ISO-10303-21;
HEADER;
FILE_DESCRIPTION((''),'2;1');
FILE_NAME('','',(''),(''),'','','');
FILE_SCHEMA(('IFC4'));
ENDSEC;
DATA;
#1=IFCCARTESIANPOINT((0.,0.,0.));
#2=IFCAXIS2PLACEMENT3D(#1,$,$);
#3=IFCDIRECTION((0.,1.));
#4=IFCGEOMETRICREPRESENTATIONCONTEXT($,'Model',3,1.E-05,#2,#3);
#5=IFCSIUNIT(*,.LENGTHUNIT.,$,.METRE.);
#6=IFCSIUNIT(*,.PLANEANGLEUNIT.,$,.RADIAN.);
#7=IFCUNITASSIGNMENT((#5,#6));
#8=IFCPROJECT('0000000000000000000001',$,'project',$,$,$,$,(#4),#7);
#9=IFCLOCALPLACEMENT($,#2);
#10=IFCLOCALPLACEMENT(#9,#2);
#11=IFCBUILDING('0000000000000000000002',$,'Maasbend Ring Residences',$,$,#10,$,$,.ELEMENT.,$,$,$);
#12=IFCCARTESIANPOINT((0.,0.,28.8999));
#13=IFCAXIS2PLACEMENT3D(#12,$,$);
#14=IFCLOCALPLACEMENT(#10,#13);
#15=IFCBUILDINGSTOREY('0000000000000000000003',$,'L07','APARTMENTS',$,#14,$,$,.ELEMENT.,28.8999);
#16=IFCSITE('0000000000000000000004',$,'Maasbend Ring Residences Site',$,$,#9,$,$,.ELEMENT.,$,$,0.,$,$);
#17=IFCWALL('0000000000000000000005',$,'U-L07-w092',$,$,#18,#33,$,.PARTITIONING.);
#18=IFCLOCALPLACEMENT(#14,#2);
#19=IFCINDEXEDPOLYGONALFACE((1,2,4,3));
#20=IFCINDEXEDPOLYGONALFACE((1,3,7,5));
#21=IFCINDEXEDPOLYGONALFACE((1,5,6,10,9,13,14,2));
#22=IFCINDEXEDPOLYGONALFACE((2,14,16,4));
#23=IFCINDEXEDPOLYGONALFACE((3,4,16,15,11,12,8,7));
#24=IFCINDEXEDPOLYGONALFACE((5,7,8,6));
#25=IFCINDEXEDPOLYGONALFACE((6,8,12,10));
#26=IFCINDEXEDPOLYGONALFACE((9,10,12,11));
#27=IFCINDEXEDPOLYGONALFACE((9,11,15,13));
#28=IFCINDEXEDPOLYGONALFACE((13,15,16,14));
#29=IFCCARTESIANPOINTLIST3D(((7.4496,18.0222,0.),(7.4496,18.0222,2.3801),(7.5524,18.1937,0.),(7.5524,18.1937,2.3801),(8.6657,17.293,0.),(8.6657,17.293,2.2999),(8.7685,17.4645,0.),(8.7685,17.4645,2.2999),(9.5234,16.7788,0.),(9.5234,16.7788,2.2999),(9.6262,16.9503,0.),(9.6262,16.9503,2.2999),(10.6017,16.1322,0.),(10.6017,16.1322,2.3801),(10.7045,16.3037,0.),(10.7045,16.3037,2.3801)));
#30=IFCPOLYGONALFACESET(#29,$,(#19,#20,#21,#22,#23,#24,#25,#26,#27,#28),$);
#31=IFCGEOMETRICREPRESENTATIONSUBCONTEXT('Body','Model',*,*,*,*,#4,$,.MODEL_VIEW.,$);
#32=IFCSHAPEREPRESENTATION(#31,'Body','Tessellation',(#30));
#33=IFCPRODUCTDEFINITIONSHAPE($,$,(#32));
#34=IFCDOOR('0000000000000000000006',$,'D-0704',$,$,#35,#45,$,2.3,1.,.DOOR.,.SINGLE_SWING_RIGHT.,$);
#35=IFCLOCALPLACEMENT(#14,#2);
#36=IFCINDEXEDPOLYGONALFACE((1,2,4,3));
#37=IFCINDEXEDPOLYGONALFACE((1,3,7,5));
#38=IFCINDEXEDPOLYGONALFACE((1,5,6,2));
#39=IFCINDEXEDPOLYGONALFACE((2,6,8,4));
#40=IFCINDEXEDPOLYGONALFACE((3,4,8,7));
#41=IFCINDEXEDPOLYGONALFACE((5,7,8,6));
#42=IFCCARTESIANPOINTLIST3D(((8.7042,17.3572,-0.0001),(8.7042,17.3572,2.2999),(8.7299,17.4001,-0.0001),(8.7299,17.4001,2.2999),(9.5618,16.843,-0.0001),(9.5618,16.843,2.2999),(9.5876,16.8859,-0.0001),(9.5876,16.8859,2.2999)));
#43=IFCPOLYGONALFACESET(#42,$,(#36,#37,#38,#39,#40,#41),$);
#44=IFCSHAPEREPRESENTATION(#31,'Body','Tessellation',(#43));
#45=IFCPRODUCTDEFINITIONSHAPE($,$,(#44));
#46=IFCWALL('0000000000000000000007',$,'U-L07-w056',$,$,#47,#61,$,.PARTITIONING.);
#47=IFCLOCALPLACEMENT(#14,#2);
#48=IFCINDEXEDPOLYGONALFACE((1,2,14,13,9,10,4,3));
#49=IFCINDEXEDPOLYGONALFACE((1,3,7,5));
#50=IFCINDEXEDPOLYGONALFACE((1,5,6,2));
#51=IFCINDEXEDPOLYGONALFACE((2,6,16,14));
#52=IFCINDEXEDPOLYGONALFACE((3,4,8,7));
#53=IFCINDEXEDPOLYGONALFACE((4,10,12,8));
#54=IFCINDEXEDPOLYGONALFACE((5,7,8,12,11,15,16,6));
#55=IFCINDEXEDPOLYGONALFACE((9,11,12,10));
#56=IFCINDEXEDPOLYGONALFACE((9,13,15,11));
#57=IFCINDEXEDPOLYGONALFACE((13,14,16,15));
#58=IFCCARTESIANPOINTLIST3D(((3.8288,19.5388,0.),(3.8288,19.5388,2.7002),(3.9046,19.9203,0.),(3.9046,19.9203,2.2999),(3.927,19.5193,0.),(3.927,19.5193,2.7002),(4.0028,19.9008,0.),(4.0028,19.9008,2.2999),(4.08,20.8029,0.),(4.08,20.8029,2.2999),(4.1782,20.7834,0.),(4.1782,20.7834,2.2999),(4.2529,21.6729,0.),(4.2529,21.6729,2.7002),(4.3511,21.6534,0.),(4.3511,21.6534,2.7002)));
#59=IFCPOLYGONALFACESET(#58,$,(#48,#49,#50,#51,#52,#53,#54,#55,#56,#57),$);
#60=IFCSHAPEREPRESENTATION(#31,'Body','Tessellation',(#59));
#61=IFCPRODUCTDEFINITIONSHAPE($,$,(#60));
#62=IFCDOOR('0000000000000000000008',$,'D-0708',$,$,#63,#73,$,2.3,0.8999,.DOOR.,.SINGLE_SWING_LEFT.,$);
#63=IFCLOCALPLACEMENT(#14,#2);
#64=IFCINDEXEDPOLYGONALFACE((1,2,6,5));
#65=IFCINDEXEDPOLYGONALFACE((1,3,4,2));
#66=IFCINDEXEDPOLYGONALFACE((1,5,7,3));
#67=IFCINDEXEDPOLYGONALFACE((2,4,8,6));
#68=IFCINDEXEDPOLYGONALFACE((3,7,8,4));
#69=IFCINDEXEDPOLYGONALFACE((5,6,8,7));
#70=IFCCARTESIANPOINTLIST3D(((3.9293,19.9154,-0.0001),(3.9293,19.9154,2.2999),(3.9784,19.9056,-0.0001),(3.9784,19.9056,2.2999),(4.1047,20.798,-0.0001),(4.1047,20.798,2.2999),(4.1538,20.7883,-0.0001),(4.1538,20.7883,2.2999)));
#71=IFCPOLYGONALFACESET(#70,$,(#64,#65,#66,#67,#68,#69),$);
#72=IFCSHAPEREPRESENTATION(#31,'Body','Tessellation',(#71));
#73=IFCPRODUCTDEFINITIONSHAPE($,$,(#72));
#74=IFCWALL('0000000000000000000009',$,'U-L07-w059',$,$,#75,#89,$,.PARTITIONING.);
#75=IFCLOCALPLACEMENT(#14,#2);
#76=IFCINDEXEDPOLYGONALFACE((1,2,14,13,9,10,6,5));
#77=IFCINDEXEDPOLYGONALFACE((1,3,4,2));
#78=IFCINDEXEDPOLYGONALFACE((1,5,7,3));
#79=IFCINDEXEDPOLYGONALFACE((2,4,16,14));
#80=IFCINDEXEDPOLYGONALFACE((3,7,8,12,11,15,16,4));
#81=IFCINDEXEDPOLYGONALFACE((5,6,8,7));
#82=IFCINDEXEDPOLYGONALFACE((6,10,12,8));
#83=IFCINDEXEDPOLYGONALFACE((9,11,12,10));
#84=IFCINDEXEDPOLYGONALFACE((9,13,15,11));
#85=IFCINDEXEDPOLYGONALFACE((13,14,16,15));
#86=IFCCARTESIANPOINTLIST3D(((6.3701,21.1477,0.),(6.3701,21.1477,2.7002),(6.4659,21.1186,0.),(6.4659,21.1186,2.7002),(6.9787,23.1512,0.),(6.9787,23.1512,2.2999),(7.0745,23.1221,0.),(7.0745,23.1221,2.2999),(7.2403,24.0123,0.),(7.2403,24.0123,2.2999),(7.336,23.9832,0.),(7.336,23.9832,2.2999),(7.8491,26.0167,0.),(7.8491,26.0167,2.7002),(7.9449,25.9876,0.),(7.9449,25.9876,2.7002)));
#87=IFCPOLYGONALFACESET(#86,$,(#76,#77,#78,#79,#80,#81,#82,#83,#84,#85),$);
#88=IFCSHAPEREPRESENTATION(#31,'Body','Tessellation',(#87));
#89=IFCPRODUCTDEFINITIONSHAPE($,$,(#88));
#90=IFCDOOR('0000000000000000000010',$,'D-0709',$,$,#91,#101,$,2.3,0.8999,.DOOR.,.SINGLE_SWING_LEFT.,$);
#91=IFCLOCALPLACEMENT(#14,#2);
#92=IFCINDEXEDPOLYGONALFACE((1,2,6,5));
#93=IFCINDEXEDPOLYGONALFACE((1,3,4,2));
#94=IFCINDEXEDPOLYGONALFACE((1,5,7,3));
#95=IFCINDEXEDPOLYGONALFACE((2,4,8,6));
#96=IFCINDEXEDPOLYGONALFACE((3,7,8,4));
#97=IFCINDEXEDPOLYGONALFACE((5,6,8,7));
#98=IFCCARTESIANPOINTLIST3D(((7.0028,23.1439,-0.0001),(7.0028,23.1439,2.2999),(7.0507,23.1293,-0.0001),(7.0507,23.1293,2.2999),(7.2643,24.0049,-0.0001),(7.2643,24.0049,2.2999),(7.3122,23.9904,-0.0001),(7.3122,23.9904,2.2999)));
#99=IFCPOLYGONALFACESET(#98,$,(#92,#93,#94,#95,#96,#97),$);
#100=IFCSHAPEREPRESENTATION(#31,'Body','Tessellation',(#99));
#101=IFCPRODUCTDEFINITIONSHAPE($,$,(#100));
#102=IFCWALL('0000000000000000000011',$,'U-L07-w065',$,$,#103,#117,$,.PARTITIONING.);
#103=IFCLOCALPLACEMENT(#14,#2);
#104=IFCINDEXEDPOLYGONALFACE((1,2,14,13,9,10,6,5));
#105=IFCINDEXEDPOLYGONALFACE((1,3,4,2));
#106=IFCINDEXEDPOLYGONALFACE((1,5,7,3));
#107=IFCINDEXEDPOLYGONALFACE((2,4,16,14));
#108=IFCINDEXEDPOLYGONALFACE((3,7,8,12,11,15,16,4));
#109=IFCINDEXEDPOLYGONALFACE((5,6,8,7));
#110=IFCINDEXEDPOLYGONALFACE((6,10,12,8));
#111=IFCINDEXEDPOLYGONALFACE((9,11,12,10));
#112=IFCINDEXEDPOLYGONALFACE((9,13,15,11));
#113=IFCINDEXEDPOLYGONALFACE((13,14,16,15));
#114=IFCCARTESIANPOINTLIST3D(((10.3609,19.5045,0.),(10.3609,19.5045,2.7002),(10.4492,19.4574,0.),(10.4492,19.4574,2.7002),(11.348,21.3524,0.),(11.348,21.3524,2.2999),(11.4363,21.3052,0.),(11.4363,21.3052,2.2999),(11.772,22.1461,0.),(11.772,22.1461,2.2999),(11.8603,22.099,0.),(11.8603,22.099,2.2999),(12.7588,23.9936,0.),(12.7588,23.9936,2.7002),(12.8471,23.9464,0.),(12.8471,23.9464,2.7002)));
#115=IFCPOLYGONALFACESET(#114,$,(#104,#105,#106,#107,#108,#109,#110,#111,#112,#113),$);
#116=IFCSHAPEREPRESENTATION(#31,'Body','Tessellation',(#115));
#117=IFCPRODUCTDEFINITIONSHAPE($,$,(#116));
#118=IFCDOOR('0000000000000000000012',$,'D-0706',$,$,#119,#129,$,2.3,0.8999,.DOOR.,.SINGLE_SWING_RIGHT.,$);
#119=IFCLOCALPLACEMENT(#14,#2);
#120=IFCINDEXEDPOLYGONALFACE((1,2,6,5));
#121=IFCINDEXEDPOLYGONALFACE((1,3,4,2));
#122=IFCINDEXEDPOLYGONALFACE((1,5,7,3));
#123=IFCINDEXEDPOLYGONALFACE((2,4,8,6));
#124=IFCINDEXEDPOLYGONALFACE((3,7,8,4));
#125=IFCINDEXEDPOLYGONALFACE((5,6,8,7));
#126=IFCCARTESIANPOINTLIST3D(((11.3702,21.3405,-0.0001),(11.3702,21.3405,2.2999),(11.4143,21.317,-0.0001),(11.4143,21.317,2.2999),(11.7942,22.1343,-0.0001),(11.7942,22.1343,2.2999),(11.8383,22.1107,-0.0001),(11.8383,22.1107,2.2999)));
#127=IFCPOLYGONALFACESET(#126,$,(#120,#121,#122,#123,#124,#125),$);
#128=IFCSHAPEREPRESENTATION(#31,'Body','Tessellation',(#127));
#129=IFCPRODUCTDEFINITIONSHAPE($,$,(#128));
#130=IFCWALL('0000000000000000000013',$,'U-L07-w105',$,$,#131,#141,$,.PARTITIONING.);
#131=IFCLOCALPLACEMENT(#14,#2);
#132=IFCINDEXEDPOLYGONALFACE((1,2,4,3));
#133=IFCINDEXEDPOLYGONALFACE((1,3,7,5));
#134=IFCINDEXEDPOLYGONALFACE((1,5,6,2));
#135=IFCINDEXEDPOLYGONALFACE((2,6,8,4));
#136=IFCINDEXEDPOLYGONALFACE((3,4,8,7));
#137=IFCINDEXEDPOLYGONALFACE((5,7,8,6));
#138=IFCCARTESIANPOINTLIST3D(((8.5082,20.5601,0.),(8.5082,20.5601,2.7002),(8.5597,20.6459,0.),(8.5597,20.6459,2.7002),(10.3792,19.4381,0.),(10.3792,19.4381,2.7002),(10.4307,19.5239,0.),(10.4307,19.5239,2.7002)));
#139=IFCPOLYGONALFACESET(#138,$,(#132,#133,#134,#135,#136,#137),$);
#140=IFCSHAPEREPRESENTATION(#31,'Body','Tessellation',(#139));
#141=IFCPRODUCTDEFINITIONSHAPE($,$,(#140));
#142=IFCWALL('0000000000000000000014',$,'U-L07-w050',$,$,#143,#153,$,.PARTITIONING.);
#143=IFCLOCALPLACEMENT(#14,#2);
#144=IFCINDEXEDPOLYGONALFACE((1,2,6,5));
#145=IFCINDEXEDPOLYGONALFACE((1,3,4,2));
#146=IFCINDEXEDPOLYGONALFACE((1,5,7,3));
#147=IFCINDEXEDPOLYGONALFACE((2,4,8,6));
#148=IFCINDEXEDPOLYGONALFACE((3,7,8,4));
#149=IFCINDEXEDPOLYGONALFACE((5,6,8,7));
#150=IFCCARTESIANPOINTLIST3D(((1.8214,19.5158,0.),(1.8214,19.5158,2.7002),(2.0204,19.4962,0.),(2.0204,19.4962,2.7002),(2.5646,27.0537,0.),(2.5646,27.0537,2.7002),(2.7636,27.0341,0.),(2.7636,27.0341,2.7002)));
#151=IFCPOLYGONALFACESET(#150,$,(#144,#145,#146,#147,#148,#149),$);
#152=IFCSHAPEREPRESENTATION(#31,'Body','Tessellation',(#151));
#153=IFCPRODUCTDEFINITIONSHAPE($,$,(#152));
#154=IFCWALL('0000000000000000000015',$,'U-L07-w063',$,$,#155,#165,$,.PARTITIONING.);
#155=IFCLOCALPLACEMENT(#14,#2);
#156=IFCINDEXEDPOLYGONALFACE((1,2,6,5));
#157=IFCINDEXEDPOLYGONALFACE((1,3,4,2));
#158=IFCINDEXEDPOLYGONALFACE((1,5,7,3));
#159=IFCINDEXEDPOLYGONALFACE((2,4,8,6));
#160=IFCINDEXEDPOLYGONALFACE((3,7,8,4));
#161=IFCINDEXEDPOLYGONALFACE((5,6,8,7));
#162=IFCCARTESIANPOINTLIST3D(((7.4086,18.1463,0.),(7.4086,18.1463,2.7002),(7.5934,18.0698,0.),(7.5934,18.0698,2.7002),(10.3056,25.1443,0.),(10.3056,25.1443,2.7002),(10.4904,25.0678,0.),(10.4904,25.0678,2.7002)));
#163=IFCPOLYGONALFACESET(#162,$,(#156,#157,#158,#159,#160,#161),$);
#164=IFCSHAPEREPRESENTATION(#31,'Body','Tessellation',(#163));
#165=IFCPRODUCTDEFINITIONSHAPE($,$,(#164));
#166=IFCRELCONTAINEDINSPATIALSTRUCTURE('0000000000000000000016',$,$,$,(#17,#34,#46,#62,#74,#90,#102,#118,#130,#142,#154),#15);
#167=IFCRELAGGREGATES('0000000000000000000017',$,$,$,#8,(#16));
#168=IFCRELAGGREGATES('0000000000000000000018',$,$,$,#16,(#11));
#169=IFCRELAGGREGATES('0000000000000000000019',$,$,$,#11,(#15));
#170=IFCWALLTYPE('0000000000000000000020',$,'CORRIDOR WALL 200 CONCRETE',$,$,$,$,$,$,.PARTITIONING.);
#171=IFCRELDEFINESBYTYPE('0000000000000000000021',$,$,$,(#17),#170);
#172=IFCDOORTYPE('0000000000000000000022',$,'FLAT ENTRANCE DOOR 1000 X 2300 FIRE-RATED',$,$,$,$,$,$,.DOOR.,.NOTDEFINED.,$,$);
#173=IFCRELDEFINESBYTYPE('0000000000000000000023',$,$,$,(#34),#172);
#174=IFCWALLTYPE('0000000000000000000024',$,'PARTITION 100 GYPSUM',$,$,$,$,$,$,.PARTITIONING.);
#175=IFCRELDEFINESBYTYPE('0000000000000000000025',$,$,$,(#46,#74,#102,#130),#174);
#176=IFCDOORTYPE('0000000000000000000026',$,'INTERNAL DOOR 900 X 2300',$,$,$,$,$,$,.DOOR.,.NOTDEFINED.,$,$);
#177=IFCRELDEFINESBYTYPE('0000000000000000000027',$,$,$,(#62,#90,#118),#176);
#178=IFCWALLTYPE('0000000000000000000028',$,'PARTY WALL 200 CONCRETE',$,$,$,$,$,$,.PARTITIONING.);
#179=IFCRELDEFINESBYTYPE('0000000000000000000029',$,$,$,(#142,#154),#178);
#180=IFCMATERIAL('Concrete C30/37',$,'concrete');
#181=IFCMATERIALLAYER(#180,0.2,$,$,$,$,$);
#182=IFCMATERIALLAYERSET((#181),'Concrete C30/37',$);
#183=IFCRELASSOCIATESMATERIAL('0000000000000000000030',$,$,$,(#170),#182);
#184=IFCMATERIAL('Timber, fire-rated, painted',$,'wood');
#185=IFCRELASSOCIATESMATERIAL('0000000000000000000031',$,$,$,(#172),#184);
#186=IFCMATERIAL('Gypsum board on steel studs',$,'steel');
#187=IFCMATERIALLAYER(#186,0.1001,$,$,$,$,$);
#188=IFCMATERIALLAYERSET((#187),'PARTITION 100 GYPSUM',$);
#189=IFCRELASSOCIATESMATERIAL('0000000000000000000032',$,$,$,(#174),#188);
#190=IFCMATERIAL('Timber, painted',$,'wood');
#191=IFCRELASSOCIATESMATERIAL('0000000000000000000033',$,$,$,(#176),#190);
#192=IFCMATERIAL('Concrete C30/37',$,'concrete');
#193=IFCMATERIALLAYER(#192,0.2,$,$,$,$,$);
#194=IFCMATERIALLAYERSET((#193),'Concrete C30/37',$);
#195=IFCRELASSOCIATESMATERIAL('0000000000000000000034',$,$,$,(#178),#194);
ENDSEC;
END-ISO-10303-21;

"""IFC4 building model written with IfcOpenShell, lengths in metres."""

from ifc_helpers import new_model, si_unit, direction, frame, frame_2d, origin, place, context, subcontext, project, spatial, rectangle, extrude, material, layer, layer_set, type_object, element, fill, save


model = new_model("IFC4")

# Units and contexts
model_context = context("Model", 3, precision=1e-05, world=origin(), true_north=direction((0.0, 1.0)))
body_context = subcontext(model_context, "Body", "Model", "MODEL_VIEW")
ifc_project = project(units=[si_unit("LENGTHUNIT", "METRE"), si_unit("PLANEANGLEUNIT", "RADIAN")], contexts=[model_context])

# Site, building, storey
site_placement = place(None, origin())
site = spatial("IfcSite", under=ifc_project, at=site_placement, Name="Maasbend Ring Residences Site", CompositionType="ELEMENT", RefElevation=0.0)
building_placement = place(site_placement, origin())
building = spatial("IfcBuilding", under=site, at=building_placement, Name="Maasbend Ring Residences", CompositionType="ELEMENT")
storey_placement = place(building_placement, frame((0.0, 0.0, 28.8999)))
storey = spatial("IfcBuildingStorey", under=building, at=storey_placement, Name="L07", Description="APARTMENTS", CompositionType="ELEMENT", Elevation=28.8999)

# Shared definitions
ifc_material_1 = material(Name="Concrete C30/37", Category="concrete")
ifc_layer_1 = layer(ifc_material_1, 0.2)
ifc_layer_set_1 = layer_set([ifc_layer_1], Name="Concrete C30/37")
wall_type_1 = type_object("IfcWallType", Name="CORRIDOR WALL 200 CONCRETE", PredefinedType="PARTITIONING", material=ifc_layer_set_1)
ifc_material_2 = material(Name="Timber, fire-rated, painted", Category="wood")
door_type_1 = type_object("IfcDoorType", Name="FLAT ENTRANCE DOOR 1000 X 2300 FIRE-RATED", OperationType="NOTDEFINED", PredefinedType="DOOR", material=ifc_material_2)

# Walls, openings, doors
wall_1_placement = place(storey_placement, frame((7.501, 18.1079, 0.0), z_axis=(0.0, 0.0, 1.0), x_axis=(0.857657, -0.514222, 0.0)))
wall_1 = element("IfcWall", 1, at=wall_1_placement, inside=storey, type_object=wall_type_1, Name="U-L07-w092", PredefinedType="PARTITIONING", context=body_context, shape_type="SweptSolid", body=[
    extrude(rectangle(XDim=3.6753, YDim=0.2, at=frame_2d((1.8376, 0.0))), origin(), (0.0, 0.0, 1.0), 2.3801),
])
opening_1_placement = place(wall_1_placement, frame((1.418, 0.0, 0.0)))
opening_1 = element("IfcOpeningElement", 2, at=opening_1_placement, cuts=wall_1, PredefinedType="OPENING", context=body_context, shape_type="SweptSolid", body=[
    extrude(rectangle(XDim=1.0, YDim=2.3, at=frame_2d((0.5, 1.1499))), frame((0.0, 0.1099, 0.0), z_axis=(0.0, -1.0, 0.0), x_axis=(1.0, 0.0, 0.0)), (0.0, 0.0, 1.0), 0.22),
])
door_1_placement = place(opening_1_placement, origin())
door_1 = element("IfcDoor", 3, at=door_1_placement, inside=storey, type_object=door_type_1, Name="D-0704", OperationType="SINGLE_SWING_RIGHT", OverallHeight=2.3, OverallWidth=1.0, PredefinedType="DOOR", context=body_context, shape_type="SweptSolid", body=[
    extrude(rectangle(XDim=1.0, YDim=2.3, at=frame_2d((0.5, 1.1499))), frame((0.0, 0.0249, 0.0), z_axis=(0.0, -1.0, 0.0), x_axis=(1.0, 0.0, 0.0)), (0.0, 0.0, 1.0), 0.05),
])
fill(opening_1, door_1)
ifc_material_3 = material(Name="Gypsum board on steel studs", Category="steel")
ifc_layer_2 = layer(ifc_material_3, 0.1001)
ifc_layer_set_2 = layer_set([ifc_layer_2], Name="PARTITION 100 GYPSUM")
wall_type_2 = type_object("IfcWallType", Name="PARTITION 100 GYPSUM", PredefinedType="PARTITIONING", material=ifc_layer_set_2)
wall_2_placement = place(storey_placement, frame((3.8779, 19.5291, 0.0), z_axis=(0.0, 0.0, 1.0), x_axis=(0.194908, 0.980822, 0.0)))
wall_2 = element("IfcWall", 4, at=wall_2_placement, inside=storey, type_object=wall_type_2, Name="U-L07-w056", PredefinedType="PARTITIONING", context=body_context, shape_type="SweptSolid", body=[
    extrude(rectangle(XDim=2.1758, YDim=0.1001, at=frame_2d((1.0879, 0.0))), origin(), (0.0, 0.0, 1.0), 2.7002),
])
opening_2_placement = place(wall_2_placement, frame((0.3889, 0.0, 0.0)))
opening_2 = element("IfcOpeningElement", 5, at=opening_2_placement, cuts=wall_2, PredefinedType="OPENING", context=body_context, shape_type="SweptSolid", body=[
    extrude(rectangle(XDim=0.8999, YDim=2.3, at=frame_2d((0.45, 1.1499))), frame((0.0, 0.0601, 0.0), z_axis=(0.0, -1.0, 0.0), x_axis=(1.0, 0.0, 0.0)), (0.0, 0.0, 1.0), 0.1201),
])
ifc_material_4 = material(Name="Timber, painted", Category="wood")
door_type_2 = type_object("IfcDoorType", Name="INTERNAL DOOR 900 X 2300", OperationType="NOTDEFINED", PredefinedType="DOOR", material=ifc_material_4)
door_2_placement = place(opening_2_placement, origin())
door_2 = element("IfcDoor", 6, at=door_2_placement, inside=storey, type_object=door_type_2, Name="D-0708", OperationType="SINGLE_SWING_LEFT", OverallHeight=2.3, OverallWidth=0.8999, PredefinedType="DOOR", context=body_context, shape_type="SweptSolid", body=[
    extrude(rectangle(XDim=0.8999, YDim=2.3, at=frame_2d((0.45, 1.1499))), frame((0.0, 0.0249, 0.0), z_axis=(0.0, -1.0, 0.0), x_axis=(1.0, 0.0, 0.0)), (0.0, 0.0, 1.0), 0.05),
])
fill(opening_2, door_2)
wall_3_placement = place(storey_placement, frame((6.418, 21.1331, 0.0), z_axis=(0.0, 0.0, 1.0), x_axis=(0.290652, 0.956829, 0.0)))
wall_3 = element("IfcWall", 7, at=wall_3_placement, inside=storey, type_object=wall_type_2, Name="U-L07-w059", PredefinedType="PARTITIONING", context=body_context, shape_type="SweptSolid", body=[
    extrude(rectangle(XDim=5.0886, YDim=0.1001, at=frame_2d((2.5444, 0.0))), origin(), (0.0, 0.0, 1.0), 2.7002),
])
opening_3_placement = place(wall_3_placement, frame((2.094, 0.0, 0.0)))
opening_3 = element("IfcOpeningElement", 8, at=opening_3_placement, cuts=wall_3, PredefinedType="OPENING", context=body_context, shape_type="SweptSolid", body=[
    extrude(rectangle(XDim=0.8999, YDim=2.3, at=frame_2d((0.45, 1.1499))), frame((0.0, 0.0601, 0.0), z_axis=(0.0, -1.0, 0.0), x_axis=(1.0, 0.0, 0.0)), (0.0, 0.0, 1.0), 0.1201),
])
door_3_placement = place(opening_3_placement, origin())
door_3 = element("IfcDoor", 9, at=door_3_placement, inside=storey, type_object=door_type_2, Name="D-0709", OperationType="SINGLE_SWING_LEFT", OverallHeight=2.3, OverallWidth=0.8999, PredefinedType="DOOR", context=body_context, shape_type="SweptSolid", body=[
    extrude(rectangle(XDim=0.8999, YDim=2.3, at=frame_2d((0.45, 1.1499))), frame((0.0, 0.0249, 0.0), z_axis=(0.0, -1.0, 0.0), x_axis=(1.0, 0.0, 0.0)), (0.0, 0.0, 1.0), 0.05),
])
fill(opening_3, door_3)
wall_4_placement = place(storey_placement, frame((10.405, 19.481, 0.0), z_axis=(0.0, 0.0, 1.0), x_axis=(0.471171, 0.882042, 0.0)))
wall_4 = element("IfcWall", 10, at=wall_4_placement, inside=storey, type_object=wall_type_2, Name="U-L07-w065", PredefinedType="PARTITIONING", context=body_context, shape_type="SweptSolid", body=[
    extrude(rectangle(XDim=5.0894, YDim=0.1001, at=frame_2d((2.5447, 0.0))), origin(), (0.0, 0.0, 1.0), 2.7002),
])
opening_4_placement = place(wall_4_placement, frame((2.095, 0.0, 0.0)))
opening_4 = element("IfcOpeningElement", 11, at=opening_4_placement, cuts=wall_4, PredefinedType="OPENING", context=body_context, shape_type="SweptSolid", body=[
    extrude(rectangle(XDim=0.8999, YDim=2.3, at=frame_2d((0.45, 1.1499))), frame((0.0, 0.0601, 0.0), z_axis=(0.0, -1.0, 0.0), x_axis=(1.0, 0.0, 0.0)), (0.0, 0.0, 1.0), 0.1201),
])
door_4_placement = place(opening_4_placement, origin())
door_4 = element("IfcDoor", 12, at=door_4_placement, inside=storey, type_object=door_type_2, Name="D-0706", OperationType="SINGLE_SWING_RIGHT", OverallHeight=2.3, OverallWidth=0.8999, PredefinedType="DOOR", context=body_context, shape_type="SweptSolid", body=[
    extrude(rectangle(XDim=0.8999, YDim=2.3, at=frame_2d((0.45, 1.1499))), frame((0.0, 0.0249, 0.0), z_axis=(0.0, -1.0, 0.0), x_axis=(1.0, 0.0, 0.0)), (0.0, 0.0, 1.0), 0.05),
])
fill(opening_4, door_4)

# Walls
wall_5_placement = place(storey_placement, frame((8.5339, 20.603, 0.0), z_axis=(0.0, 0.0, 1.0), x_axis=(0.857611, -0.514298, 0.0)))
element("IfcWall", 13, at=wall_5_placement, inside=storey, type_object=wall_type_2, Name="U-L07-w105", PredefinedType="PARTITIONING", context=body_context, shape_type="SweptSolid", body=[
    extrude(rectangle(XDim=2.1816, YDim=0.1001, at=frame_2d((1.0908, 0.0))), origin(), (0.0, 0.0, 1.0), 2.7002),
])
ifc_material_5 = material(Name="Concrete C30/37", Category="concrete")
ifc_layer_3 = layer(ifc_material_5, 0.2)
ifc_layer_set_3 = layer_set([ifc_layer_3], Name="Concrete C30/37")
wall_type_3 = type_object("IfcWallType", Name="PARTY WALL 200 CONCRETE", PredefinedType="PARTITIONING", material=ifc_layer_set_3)
wall_6_placement = place(storey_placement, frame((1.9209, 19.5061, 0.0), z_axis=(0.0, 0.0, 1.0), x_axis=(0.098115, 0.995175, 0.0)))
element("IfcWall", 14, at=wall_6_placement, inside=storey, type_object=wall_type_3, Name="U-L07-w050", PredefinedType="PARTITIONING", context=body_context, shape_type="SweptSolid", body=[
    extrude(rectangle(XDim=7.5745, YDim=0.2, at=frame_2d((3.7871, 0.0))), origin(), (0.0, 0.0, 1.0), 2.7002),
])
wall_7_placement = place(storey_placement, frame((7.501, 18.1079, 0.0), z_axis=(0.0, 0.0, 1.0), x_axis=(0.38249, 0.923959, 0.0)))
element("IfcWall", 15, at=wall_7_placement, inside=storey, type_object=wall_type_3, Name="U-L07-w063", PredefinedType="PARTITIONING", context=body_context, shape_type="SweptSolid", body=[
    extrude(rectangle(XDim=7.574, YDim=0.2, at=frame_2d((3.7871, 0.0))), origin(), (0.0, 0.0, 1.0), 2.7002),
])

save(model, "model.ifc")
